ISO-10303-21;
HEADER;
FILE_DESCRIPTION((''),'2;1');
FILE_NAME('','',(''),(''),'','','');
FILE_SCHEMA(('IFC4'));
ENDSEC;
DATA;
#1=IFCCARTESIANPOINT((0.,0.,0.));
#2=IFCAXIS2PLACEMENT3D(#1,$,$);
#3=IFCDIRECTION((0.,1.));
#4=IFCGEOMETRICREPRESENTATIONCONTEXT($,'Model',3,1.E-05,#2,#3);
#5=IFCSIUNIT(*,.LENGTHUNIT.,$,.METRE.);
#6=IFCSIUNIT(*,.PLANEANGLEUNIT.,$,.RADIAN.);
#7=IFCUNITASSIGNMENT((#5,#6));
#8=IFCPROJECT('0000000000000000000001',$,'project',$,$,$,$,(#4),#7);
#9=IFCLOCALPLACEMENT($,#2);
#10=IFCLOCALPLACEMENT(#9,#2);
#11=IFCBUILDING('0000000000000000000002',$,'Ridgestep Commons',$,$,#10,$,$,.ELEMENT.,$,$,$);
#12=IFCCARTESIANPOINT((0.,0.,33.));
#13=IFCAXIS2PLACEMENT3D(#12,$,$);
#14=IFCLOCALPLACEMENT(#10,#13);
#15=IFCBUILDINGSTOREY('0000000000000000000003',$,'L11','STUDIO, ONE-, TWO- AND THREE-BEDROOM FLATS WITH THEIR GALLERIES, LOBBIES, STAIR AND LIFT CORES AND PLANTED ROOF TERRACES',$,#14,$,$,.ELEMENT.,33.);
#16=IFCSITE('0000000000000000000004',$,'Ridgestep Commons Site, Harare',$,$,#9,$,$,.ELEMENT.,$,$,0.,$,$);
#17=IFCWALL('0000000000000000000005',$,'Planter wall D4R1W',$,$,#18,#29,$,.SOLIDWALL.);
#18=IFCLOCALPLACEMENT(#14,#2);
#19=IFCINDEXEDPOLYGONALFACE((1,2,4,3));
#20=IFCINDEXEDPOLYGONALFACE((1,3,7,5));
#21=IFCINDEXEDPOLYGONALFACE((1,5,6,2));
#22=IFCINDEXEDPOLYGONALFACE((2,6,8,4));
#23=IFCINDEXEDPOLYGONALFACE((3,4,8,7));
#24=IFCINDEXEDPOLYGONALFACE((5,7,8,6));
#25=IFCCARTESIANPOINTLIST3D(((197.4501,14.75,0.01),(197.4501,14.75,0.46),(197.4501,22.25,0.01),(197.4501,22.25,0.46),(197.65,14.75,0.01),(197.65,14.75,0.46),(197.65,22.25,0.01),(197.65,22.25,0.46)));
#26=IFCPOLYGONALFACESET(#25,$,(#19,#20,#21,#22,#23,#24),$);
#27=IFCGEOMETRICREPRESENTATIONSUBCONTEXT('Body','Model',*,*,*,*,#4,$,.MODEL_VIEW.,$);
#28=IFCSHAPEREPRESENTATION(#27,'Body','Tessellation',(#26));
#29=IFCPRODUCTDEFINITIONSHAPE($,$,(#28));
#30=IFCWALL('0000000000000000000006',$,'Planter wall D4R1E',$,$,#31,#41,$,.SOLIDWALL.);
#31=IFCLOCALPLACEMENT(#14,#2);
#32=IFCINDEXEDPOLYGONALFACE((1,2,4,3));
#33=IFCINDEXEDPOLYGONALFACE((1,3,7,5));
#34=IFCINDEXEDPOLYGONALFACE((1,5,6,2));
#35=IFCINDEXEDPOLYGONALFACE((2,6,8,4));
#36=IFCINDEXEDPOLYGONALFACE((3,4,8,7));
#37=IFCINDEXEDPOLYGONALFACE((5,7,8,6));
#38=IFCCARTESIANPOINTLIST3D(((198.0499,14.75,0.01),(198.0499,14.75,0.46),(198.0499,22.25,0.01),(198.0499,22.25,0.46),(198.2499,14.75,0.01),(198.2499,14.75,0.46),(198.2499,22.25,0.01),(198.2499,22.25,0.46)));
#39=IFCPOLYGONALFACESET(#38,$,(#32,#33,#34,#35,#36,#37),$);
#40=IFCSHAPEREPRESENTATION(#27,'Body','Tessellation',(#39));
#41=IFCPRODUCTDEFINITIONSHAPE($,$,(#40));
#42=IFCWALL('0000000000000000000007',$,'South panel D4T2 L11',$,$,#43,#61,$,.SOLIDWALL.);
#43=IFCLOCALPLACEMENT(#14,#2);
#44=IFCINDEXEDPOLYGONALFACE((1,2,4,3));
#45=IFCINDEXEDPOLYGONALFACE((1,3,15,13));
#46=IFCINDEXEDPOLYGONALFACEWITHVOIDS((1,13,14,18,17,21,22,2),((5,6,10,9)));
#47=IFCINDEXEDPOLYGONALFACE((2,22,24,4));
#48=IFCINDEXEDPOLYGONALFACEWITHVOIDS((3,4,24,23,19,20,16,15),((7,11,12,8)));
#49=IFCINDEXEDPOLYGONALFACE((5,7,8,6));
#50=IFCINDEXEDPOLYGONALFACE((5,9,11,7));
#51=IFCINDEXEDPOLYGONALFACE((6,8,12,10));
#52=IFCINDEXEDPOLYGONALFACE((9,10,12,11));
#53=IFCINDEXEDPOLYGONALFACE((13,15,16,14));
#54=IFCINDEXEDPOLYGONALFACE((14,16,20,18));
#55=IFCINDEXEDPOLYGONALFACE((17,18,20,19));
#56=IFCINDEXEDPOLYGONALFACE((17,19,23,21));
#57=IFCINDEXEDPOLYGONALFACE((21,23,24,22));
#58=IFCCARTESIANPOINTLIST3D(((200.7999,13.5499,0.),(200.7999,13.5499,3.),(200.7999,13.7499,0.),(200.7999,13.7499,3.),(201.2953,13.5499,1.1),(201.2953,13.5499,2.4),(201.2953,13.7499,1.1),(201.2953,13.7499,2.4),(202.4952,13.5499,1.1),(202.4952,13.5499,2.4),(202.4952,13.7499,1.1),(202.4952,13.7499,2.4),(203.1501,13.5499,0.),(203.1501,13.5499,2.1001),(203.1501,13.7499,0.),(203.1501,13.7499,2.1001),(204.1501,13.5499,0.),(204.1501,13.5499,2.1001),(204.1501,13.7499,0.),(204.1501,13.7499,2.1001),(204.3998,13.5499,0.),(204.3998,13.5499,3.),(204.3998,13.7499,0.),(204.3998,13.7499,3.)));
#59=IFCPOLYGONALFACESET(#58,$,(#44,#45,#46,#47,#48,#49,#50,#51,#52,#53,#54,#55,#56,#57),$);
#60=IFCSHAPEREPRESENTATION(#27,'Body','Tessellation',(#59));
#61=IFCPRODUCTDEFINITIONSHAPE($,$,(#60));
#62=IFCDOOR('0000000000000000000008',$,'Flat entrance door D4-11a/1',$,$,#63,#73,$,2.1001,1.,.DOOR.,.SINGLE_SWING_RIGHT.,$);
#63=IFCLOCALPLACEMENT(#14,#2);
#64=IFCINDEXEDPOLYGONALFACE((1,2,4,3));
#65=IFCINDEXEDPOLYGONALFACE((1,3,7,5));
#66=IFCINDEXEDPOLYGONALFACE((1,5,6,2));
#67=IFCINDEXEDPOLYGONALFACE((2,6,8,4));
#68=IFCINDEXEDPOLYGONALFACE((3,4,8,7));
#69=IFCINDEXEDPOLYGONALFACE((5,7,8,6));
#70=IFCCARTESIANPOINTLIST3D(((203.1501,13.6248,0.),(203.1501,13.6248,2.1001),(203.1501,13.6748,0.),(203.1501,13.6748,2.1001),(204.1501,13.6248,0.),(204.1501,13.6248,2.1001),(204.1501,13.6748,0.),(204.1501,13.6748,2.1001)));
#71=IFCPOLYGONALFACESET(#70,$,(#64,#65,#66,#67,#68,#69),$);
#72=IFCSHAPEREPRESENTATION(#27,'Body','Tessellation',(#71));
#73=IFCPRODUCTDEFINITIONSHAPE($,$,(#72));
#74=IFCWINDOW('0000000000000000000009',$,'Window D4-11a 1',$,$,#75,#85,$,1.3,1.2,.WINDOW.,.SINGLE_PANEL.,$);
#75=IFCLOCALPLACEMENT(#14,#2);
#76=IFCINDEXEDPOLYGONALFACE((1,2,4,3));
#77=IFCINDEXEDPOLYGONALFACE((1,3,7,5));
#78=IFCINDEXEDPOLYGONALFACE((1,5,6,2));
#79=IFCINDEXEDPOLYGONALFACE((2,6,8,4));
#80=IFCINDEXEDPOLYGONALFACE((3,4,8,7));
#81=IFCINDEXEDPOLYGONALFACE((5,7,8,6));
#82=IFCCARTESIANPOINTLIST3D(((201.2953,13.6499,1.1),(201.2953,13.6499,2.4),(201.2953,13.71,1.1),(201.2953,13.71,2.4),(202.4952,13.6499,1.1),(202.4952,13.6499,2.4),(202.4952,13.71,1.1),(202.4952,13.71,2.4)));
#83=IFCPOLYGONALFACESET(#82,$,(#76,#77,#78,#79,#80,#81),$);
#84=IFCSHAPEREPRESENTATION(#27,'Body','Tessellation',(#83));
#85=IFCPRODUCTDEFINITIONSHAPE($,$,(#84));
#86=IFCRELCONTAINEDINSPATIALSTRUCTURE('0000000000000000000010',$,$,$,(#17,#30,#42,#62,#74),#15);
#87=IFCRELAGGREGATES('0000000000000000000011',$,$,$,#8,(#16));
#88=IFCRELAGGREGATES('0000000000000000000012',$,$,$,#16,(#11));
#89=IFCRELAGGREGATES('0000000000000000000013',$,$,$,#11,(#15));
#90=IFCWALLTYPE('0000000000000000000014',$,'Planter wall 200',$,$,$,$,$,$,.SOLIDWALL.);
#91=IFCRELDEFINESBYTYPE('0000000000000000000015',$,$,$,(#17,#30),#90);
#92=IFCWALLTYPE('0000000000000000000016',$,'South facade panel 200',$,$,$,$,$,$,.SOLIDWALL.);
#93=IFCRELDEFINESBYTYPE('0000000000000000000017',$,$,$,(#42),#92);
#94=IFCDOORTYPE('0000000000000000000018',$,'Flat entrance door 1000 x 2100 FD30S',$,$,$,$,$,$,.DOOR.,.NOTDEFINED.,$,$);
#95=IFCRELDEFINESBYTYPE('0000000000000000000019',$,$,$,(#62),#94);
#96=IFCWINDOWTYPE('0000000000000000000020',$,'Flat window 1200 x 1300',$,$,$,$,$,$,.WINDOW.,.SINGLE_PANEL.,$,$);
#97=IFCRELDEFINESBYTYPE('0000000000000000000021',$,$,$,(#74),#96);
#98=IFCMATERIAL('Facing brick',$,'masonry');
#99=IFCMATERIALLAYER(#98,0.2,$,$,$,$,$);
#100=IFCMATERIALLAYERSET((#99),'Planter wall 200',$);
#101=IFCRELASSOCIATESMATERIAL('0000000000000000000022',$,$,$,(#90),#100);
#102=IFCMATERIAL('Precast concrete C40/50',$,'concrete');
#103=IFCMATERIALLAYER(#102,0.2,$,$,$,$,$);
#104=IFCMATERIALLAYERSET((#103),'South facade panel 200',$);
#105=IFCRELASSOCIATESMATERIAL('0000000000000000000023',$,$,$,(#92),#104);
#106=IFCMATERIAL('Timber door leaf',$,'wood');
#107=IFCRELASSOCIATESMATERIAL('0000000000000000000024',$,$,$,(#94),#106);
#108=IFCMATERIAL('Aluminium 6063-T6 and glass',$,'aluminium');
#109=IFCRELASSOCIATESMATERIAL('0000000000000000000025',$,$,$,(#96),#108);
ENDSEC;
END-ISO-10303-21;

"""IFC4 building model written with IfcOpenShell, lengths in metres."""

from ifc_helpers import new_model, si_unit, direction, frame, frame_2d, origin, place, context, subcontext, project, spatial, rectangle, extrude, material, layer, layer_set, type_object, element, fill, save


model = new_model("IFC4")

# Units and contexts
model_context = context("Model", 3, precision=1e-05, world=origin(), true_north=direction((0.0, 1.0)))
body_context = subcontext(model_context, "Body", "Model", "MODEL_VIEW")
ifc_project = project(units=[si_unit("LENGTHUNIT", "METRE"), si_unit("PLANEANGLEUNIT", "RADIAN")], contexts=[model_context])

# Site, building, storey
site_placement = place(None, origin())
site = spatial("IfcSite", under=ifc_project, at=site_placement, Name="Ridgestep Commons Site, Harare", CompositionType="ELEMENT", RefElevation=0.0)
building_placement = place(site_placement, origin())
building = spatial("IfcBuilding", under=site, at=building_placement, Name="Ridgestep Commons", CompositionType="ELEMENT")
storey_placement = place(building_placement, frame((0.0, 0.0, 33.0)))
storey = spatial("IfcBuildingStorey", under=building, at=storey_placement, Name="L11", Description="STUDIO, ONE-, TWO- AND THREE-BEDROOM FLATS WITH THEIR GALLERIES, LOBBIES, STAIR AND LIFT CORES AND PLANTED ROOF TERRACES", CompositionType="ELEMENT", Elevation=33.0)

# Walls
ifc_material_1 = material(Name="Facing brick", Category="masonry")
ifc_layer_1 = layer(ifc_material_1, 0.2)
ifc_layer_set_1 = layer_set([ifc_layer_1], Name="Planter wall 200")
wall_type_1 = type_object("IfcWallType", Name="Planter wall 200", PredefinedType="SOLIDWALL", material=ifc_layer_set_1)
for number, where, z_axis, x_axis, name in (
    (1, (197.55, 14.75, 0.01), (0.0, 0.0, 1.0), (0.0, 1.0, 0.0), "Planter wall D4R1W"),
    (2, (198.1499, 14.75, 0.01), (0.0, 0.0, 1.0), (0.0, 1.0, 0.0), "Planter wall D4R1E"),
):
    element("IfcWall", number, at=place(storey_placement, frame(where, z_axis=z_axis, x_axis=x_axis)), inside=storey, type_object=wall_type_1, Name=name, PredefinedType="SOLIDWALL", context=body_context, shape_type="SweptSolid", body=[
        extrude(rectangle(XDim=7.5, YDim=0.2, at=frame_2d((3.75, 0.0))), origin(), (0.0, 0.0, 1.0), 0.45),
    ])

# Wall, openings, door, window
ifc_material_2 = material(Name="Precast concrete C40/50", Category="concrete")
ifc_layer_2 = layer(ifc_material_2, 0.2)
ifc_layer_set_2 = layer_set([ifc_layer_2], Name="South facade panel 200")
wall_type_2 = type_object("IfcWallType", Name="South facade panel 200", PredefinedType="SOLIDWALL", material=ifc_layer_set_2)
wall_1_placement = place(storey_placement, frame((200.8, 13.6499, 0.0), z_axis=(0.0, 0.0, 1.0), x_axis=(1.0, 0.0, 0.0)))
wall_1 = element("IfcWall", 3, at=wall_1_placement, inside=storey, type_object=wall_type_2, Name="South panel D4T2 L11", PredefinedType="SOLIDWALL", context=body_context, shape_type="SweptSolid", body=[
    extrude(rectangle(XDim=3.5999, YDim=0.2, at=frame_2d((1.7998, 0.0))), origin(), (0.0, 0.0, 1.0), 3.0),
])
opening_1_placement = place(wall_1_placement, frame((0.4951, 0.0, 1.1001)))
opening_1 = element("IfcOpeningElement", 4, at=opening_1_placement, cuts=wall_1, PredefinedType="OPENING", context=body_context, shape_type="SweptSolid", body=[
    extrude(rectangle(XDim=1.2, YDim=1.3, at=frame_2d((0.6001, 0.6499))), frame((0.0, 0.1099, 0.0), z_axis=(0.0, -1.0, 0.0), x_axis=(1.0, 0.0, 0.0)), (0.0, 0.0, 1.0), 0.22),
])
opening_2_placement = place(wall_1_placement, frame((2.3501, 0.0, 0.0)))
opening_2 = element("IfcOpeningElement", 5, at=opening_2_placement, cuts=wall_1, PredefinedType="OPENING", context=body_context, shape_type="SweptSolid", body=[
    extrude(rectangle(XDim=1.0, YDim=2.1001, at=frame_2d((0.5, 1.05))), frame((0.0, 0.1099, 0.0), z_axis=(0.0, -1.0, 0.0), x_axis=(1.0, 0.0, 0.0)), (0.0, 0.0, 1.0), 0.22),
])
ifc_material_3 = material(Name="Timber door leaf", Category="wood")
door_type_1 = type_object("IfcDoorType", Name="Flat entrance door 1000 x 2100 FD30S", OperationType="NOTDEFINED", PredefinedType="DOOR", material=ifc_material_3)
door_1_placement = place(opening_2_placement, origin())
door_1 = element("IfcDoor", 6, at=door_1_placement, inside=storey, type_object=door_type_1, Name="Flat entrance door D4-11a/1", OperationType="SINGLE_SWING_RIGHT", OverallHeight=2.1001, OverallWidth=1.0, PredefinedType="DOOR", context=body_context, shape_type="SweptSolid", body=[
    extrude(rectangle(XDim=1.0, YDim=2.1001, at=frame_2d((0.5, 1.05))), frame((0.0, 0.0249, 0.0), z_axis=(0.0, -1.0, 0.0), x_axis=(1.0, 0.0, 0.0)), (0.0, 0.0, 1.0), 0.05),
])
fill(opening_2, door_1)
ifc_material_4 = material(Name="Aluminium 6063-T6 and glass", Category="aluminium")
window_type_1 = type_object("IfcWindowType", Name="Flat window 1200 x 1300", PartitioningType="SINGLE_PANEL", PredefinedType="WINDOW", material=ifc_material_4)
window_1_placement = place(opening_1_placement, origin())
window_1 = element("IfcWindow", 7, at=window_1_placement, inside=storey, type_object=window_type_1, Name="Window D4-11a 1", OverallHeight=1.3, OverallWidth=1.2, PartitioningType="SINGLE_PANEL", PredefinedType="WINDOW", context=body_context, shape_type="SweptSolid", body=[
    extrude(rectangle(XDim=1.2, YDim=1.3, at=frame_2d((0.6001, 0.6499))), frame((0.0, 0.0601, 0.0), z_axis=(0.0, -1.0, 0.0), x_axis=(1.0, 0.0, 0.0)), (0.0, 0.0, 1.0), 0.0601),
])
fill(opening_1, window_1)

save(model, "model.ifc")
